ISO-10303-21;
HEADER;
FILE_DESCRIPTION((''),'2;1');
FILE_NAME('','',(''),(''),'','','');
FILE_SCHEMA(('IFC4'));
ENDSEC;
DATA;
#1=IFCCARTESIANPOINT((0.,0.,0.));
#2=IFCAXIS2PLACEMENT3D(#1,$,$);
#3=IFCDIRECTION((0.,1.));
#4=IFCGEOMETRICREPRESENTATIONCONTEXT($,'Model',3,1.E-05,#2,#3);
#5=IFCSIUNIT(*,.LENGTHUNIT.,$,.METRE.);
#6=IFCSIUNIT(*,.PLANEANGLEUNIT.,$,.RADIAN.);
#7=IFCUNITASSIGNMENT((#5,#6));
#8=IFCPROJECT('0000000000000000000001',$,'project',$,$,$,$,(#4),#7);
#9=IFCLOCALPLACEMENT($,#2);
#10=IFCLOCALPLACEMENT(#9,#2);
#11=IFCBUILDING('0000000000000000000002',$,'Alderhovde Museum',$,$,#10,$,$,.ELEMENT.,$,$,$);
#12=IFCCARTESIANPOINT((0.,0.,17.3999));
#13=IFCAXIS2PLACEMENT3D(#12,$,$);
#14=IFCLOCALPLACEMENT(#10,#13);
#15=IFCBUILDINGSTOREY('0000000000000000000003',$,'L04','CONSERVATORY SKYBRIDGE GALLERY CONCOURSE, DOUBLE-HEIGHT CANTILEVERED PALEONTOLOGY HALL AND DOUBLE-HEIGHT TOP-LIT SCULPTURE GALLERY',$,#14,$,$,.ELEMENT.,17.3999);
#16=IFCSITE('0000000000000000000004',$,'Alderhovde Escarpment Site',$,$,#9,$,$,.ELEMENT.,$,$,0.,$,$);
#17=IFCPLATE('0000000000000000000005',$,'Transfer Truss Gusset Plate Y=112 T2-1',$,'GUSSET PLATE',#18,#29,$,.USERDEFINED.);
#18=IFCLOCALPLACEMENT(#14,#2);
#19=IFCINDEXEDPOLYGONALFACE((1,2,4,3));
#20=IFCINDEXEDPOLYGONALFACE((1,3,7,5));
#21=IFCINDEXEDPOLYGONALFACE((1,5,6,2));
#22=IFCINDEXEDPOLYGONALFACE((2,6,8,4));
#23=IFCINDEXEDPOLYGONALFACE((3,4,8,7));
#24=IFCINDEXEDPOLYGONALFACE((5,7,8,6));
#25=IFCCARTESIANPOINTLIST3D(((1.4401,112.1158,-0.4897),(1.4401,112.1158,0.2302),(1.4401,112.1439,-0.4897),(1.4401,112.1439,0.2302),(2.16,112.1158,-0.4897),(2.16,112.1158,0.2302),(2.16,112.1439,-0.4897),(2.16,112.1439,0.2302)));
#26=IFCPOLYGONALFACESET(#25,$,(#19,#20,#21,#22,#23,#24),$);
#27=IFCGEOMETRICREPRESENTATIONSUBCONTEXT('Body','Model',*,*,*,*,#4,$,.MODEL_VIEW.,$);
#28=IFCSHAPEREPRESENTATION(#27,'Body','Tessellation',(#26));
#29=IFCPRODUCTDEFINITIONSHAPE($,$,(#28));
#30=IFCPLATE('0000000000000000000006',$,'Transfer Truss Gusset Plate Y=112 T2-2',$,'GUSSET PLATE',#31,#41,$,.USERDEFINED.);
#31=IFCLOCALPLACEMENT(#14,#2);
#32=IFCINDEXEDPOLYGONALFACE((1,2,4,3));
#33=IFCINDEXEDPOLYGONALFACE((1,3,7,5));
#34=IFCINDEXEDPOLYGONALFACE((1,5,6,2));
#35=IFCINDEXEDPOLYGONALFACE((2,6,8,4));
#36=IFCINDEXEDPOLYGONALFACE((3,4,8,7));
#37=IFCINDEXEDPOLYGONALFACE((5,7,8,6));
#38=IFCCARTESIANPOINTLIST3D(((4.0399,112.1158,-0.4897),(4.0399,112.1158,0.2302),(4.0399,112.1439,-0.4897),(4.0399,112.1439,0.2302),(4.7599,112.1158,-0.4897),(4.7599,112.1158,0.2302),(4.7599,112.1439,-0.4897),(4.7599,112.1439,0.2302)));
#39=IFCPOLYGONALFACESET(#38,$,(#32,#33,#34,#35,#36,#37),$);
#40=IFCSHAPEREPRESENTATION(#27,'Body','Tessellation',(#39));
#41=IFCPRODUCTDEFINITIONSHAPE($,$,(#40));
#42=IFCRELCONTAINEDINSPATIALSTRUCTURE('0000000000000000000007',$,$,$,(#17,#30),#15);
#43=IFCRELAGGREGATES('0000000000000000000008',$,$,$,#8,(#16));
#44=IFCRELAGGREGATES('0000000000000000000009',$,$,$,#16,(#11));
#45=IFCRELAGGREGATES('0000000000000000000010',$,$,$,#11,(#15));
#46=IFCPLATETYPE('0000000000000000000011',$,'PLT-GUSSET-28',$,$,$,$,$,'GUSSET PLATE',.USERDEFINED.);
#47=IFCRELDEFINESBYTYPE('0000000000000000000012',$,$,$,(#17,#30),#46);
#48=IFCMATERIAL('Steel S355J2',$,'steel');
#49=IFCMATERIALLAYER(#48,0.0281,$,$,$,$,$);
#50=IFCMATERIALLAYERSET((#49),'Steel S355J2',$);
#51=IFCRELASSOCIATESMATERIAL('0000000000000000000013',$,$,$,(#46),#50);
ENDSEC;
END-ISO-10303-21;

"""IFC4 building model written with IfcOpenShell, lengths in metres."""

from ifc_helpers import new_model, si_unit, direction, frame, origin, origin_2d, place, context, subcontext, project, spatial, rectangle, extrude, material, layer, layer_set, type_object, element, save


model = new_model("IFC4")

# Units and contexts
model_context = context("Model", 3, precision=1e-05, world=origin(), true_north=direction((0.0, 1.0)))
body_context = subcontext(model_context, "Body", "Model", "MODEL_VIEW")
ifc_project = project(units=[si_unit("LENGTHUNIT", "METRE"), si_unit("PLANEANGLEUNIT", "RADIAN")], contexts=[model_context])

# Site, building, storey
site_placement = place(None, origin())
site = spatial("IfcSite", under=ifc_project, at=site_placement, Name="Alderhovde Escarpment Site", CompositionType="ELEMENT", RefElevation=0.0)
building_placement = place(site_placement, origin())
building = spatial("IfcBuilding", under=site, at=building_placement, Name="Alderhovde Museum", CompositionType="ELEMENT")
storey_placement = place(building_placement, frame((0.0, 0.0, 17.3999)))
storey = spatial("IfcBuildingStorey", under=building, at=storey_placement, Name="L04", Description="CONSERVATORY SKYBRIDGE GALLERY CONCOURSE, DOUBLE-HEIGHT CANTILEVERED PALEONTOLOGY HALL AND DOUBLE-HEIGHT TOP-LIT SCULPTURE GALLERY", CompositionType="ELEMENT", Elevation=17.3999)

# Plates
ifc_material_1 = material(Name="Steel S355J2", Category="steel")
ifc_layer_1 = layer(ifc_material_1, 0.0281)
ifc_layer_set_1 = layer_set([ifc_layer_1], Name="Steel S355J2")
plate_type_1 = type_object("IfcPlateType", Name="PLT-GUSSET-28", ElementType="GUSSET PLATE", PredefinedType="USERDEFINED", material=ifc_layer_set_1)
for number, where, z_axis, x_axis, name in (
    (1, (1.8, 112.1299, -0.4897), (0.0, 0.0, 1.0), (1.0, 0.0, 0.0), "Transfer Truss Gusset Plate Y=112 T2-1"),
    (2, (4.3999, 112.1299, -0.4897), (0.0, 0.0, 1.0), (1.0, 0.0, 0.0), "Transfer Truss Gusset Plate Y=112 T2-2"),
):
    element("IfcPlate", number, at=place(storey_placement, frame(where, z_axis=z_axis, x_axis=x_axis)), inside=storey, type_object=plate_type_1, Name=name, ObjectType="GUSSET PLATE", PredefinedType="USERDEFINED", context=body_context, shape_type="SweptSolid", body=[
        extrude(rectangle(XDim=0.72, YDim=0.0281, at=origin_2d()), origin(), (0.0, 0.0, 1.0), 0.72),
    ])

save(model, "model.ifc")
